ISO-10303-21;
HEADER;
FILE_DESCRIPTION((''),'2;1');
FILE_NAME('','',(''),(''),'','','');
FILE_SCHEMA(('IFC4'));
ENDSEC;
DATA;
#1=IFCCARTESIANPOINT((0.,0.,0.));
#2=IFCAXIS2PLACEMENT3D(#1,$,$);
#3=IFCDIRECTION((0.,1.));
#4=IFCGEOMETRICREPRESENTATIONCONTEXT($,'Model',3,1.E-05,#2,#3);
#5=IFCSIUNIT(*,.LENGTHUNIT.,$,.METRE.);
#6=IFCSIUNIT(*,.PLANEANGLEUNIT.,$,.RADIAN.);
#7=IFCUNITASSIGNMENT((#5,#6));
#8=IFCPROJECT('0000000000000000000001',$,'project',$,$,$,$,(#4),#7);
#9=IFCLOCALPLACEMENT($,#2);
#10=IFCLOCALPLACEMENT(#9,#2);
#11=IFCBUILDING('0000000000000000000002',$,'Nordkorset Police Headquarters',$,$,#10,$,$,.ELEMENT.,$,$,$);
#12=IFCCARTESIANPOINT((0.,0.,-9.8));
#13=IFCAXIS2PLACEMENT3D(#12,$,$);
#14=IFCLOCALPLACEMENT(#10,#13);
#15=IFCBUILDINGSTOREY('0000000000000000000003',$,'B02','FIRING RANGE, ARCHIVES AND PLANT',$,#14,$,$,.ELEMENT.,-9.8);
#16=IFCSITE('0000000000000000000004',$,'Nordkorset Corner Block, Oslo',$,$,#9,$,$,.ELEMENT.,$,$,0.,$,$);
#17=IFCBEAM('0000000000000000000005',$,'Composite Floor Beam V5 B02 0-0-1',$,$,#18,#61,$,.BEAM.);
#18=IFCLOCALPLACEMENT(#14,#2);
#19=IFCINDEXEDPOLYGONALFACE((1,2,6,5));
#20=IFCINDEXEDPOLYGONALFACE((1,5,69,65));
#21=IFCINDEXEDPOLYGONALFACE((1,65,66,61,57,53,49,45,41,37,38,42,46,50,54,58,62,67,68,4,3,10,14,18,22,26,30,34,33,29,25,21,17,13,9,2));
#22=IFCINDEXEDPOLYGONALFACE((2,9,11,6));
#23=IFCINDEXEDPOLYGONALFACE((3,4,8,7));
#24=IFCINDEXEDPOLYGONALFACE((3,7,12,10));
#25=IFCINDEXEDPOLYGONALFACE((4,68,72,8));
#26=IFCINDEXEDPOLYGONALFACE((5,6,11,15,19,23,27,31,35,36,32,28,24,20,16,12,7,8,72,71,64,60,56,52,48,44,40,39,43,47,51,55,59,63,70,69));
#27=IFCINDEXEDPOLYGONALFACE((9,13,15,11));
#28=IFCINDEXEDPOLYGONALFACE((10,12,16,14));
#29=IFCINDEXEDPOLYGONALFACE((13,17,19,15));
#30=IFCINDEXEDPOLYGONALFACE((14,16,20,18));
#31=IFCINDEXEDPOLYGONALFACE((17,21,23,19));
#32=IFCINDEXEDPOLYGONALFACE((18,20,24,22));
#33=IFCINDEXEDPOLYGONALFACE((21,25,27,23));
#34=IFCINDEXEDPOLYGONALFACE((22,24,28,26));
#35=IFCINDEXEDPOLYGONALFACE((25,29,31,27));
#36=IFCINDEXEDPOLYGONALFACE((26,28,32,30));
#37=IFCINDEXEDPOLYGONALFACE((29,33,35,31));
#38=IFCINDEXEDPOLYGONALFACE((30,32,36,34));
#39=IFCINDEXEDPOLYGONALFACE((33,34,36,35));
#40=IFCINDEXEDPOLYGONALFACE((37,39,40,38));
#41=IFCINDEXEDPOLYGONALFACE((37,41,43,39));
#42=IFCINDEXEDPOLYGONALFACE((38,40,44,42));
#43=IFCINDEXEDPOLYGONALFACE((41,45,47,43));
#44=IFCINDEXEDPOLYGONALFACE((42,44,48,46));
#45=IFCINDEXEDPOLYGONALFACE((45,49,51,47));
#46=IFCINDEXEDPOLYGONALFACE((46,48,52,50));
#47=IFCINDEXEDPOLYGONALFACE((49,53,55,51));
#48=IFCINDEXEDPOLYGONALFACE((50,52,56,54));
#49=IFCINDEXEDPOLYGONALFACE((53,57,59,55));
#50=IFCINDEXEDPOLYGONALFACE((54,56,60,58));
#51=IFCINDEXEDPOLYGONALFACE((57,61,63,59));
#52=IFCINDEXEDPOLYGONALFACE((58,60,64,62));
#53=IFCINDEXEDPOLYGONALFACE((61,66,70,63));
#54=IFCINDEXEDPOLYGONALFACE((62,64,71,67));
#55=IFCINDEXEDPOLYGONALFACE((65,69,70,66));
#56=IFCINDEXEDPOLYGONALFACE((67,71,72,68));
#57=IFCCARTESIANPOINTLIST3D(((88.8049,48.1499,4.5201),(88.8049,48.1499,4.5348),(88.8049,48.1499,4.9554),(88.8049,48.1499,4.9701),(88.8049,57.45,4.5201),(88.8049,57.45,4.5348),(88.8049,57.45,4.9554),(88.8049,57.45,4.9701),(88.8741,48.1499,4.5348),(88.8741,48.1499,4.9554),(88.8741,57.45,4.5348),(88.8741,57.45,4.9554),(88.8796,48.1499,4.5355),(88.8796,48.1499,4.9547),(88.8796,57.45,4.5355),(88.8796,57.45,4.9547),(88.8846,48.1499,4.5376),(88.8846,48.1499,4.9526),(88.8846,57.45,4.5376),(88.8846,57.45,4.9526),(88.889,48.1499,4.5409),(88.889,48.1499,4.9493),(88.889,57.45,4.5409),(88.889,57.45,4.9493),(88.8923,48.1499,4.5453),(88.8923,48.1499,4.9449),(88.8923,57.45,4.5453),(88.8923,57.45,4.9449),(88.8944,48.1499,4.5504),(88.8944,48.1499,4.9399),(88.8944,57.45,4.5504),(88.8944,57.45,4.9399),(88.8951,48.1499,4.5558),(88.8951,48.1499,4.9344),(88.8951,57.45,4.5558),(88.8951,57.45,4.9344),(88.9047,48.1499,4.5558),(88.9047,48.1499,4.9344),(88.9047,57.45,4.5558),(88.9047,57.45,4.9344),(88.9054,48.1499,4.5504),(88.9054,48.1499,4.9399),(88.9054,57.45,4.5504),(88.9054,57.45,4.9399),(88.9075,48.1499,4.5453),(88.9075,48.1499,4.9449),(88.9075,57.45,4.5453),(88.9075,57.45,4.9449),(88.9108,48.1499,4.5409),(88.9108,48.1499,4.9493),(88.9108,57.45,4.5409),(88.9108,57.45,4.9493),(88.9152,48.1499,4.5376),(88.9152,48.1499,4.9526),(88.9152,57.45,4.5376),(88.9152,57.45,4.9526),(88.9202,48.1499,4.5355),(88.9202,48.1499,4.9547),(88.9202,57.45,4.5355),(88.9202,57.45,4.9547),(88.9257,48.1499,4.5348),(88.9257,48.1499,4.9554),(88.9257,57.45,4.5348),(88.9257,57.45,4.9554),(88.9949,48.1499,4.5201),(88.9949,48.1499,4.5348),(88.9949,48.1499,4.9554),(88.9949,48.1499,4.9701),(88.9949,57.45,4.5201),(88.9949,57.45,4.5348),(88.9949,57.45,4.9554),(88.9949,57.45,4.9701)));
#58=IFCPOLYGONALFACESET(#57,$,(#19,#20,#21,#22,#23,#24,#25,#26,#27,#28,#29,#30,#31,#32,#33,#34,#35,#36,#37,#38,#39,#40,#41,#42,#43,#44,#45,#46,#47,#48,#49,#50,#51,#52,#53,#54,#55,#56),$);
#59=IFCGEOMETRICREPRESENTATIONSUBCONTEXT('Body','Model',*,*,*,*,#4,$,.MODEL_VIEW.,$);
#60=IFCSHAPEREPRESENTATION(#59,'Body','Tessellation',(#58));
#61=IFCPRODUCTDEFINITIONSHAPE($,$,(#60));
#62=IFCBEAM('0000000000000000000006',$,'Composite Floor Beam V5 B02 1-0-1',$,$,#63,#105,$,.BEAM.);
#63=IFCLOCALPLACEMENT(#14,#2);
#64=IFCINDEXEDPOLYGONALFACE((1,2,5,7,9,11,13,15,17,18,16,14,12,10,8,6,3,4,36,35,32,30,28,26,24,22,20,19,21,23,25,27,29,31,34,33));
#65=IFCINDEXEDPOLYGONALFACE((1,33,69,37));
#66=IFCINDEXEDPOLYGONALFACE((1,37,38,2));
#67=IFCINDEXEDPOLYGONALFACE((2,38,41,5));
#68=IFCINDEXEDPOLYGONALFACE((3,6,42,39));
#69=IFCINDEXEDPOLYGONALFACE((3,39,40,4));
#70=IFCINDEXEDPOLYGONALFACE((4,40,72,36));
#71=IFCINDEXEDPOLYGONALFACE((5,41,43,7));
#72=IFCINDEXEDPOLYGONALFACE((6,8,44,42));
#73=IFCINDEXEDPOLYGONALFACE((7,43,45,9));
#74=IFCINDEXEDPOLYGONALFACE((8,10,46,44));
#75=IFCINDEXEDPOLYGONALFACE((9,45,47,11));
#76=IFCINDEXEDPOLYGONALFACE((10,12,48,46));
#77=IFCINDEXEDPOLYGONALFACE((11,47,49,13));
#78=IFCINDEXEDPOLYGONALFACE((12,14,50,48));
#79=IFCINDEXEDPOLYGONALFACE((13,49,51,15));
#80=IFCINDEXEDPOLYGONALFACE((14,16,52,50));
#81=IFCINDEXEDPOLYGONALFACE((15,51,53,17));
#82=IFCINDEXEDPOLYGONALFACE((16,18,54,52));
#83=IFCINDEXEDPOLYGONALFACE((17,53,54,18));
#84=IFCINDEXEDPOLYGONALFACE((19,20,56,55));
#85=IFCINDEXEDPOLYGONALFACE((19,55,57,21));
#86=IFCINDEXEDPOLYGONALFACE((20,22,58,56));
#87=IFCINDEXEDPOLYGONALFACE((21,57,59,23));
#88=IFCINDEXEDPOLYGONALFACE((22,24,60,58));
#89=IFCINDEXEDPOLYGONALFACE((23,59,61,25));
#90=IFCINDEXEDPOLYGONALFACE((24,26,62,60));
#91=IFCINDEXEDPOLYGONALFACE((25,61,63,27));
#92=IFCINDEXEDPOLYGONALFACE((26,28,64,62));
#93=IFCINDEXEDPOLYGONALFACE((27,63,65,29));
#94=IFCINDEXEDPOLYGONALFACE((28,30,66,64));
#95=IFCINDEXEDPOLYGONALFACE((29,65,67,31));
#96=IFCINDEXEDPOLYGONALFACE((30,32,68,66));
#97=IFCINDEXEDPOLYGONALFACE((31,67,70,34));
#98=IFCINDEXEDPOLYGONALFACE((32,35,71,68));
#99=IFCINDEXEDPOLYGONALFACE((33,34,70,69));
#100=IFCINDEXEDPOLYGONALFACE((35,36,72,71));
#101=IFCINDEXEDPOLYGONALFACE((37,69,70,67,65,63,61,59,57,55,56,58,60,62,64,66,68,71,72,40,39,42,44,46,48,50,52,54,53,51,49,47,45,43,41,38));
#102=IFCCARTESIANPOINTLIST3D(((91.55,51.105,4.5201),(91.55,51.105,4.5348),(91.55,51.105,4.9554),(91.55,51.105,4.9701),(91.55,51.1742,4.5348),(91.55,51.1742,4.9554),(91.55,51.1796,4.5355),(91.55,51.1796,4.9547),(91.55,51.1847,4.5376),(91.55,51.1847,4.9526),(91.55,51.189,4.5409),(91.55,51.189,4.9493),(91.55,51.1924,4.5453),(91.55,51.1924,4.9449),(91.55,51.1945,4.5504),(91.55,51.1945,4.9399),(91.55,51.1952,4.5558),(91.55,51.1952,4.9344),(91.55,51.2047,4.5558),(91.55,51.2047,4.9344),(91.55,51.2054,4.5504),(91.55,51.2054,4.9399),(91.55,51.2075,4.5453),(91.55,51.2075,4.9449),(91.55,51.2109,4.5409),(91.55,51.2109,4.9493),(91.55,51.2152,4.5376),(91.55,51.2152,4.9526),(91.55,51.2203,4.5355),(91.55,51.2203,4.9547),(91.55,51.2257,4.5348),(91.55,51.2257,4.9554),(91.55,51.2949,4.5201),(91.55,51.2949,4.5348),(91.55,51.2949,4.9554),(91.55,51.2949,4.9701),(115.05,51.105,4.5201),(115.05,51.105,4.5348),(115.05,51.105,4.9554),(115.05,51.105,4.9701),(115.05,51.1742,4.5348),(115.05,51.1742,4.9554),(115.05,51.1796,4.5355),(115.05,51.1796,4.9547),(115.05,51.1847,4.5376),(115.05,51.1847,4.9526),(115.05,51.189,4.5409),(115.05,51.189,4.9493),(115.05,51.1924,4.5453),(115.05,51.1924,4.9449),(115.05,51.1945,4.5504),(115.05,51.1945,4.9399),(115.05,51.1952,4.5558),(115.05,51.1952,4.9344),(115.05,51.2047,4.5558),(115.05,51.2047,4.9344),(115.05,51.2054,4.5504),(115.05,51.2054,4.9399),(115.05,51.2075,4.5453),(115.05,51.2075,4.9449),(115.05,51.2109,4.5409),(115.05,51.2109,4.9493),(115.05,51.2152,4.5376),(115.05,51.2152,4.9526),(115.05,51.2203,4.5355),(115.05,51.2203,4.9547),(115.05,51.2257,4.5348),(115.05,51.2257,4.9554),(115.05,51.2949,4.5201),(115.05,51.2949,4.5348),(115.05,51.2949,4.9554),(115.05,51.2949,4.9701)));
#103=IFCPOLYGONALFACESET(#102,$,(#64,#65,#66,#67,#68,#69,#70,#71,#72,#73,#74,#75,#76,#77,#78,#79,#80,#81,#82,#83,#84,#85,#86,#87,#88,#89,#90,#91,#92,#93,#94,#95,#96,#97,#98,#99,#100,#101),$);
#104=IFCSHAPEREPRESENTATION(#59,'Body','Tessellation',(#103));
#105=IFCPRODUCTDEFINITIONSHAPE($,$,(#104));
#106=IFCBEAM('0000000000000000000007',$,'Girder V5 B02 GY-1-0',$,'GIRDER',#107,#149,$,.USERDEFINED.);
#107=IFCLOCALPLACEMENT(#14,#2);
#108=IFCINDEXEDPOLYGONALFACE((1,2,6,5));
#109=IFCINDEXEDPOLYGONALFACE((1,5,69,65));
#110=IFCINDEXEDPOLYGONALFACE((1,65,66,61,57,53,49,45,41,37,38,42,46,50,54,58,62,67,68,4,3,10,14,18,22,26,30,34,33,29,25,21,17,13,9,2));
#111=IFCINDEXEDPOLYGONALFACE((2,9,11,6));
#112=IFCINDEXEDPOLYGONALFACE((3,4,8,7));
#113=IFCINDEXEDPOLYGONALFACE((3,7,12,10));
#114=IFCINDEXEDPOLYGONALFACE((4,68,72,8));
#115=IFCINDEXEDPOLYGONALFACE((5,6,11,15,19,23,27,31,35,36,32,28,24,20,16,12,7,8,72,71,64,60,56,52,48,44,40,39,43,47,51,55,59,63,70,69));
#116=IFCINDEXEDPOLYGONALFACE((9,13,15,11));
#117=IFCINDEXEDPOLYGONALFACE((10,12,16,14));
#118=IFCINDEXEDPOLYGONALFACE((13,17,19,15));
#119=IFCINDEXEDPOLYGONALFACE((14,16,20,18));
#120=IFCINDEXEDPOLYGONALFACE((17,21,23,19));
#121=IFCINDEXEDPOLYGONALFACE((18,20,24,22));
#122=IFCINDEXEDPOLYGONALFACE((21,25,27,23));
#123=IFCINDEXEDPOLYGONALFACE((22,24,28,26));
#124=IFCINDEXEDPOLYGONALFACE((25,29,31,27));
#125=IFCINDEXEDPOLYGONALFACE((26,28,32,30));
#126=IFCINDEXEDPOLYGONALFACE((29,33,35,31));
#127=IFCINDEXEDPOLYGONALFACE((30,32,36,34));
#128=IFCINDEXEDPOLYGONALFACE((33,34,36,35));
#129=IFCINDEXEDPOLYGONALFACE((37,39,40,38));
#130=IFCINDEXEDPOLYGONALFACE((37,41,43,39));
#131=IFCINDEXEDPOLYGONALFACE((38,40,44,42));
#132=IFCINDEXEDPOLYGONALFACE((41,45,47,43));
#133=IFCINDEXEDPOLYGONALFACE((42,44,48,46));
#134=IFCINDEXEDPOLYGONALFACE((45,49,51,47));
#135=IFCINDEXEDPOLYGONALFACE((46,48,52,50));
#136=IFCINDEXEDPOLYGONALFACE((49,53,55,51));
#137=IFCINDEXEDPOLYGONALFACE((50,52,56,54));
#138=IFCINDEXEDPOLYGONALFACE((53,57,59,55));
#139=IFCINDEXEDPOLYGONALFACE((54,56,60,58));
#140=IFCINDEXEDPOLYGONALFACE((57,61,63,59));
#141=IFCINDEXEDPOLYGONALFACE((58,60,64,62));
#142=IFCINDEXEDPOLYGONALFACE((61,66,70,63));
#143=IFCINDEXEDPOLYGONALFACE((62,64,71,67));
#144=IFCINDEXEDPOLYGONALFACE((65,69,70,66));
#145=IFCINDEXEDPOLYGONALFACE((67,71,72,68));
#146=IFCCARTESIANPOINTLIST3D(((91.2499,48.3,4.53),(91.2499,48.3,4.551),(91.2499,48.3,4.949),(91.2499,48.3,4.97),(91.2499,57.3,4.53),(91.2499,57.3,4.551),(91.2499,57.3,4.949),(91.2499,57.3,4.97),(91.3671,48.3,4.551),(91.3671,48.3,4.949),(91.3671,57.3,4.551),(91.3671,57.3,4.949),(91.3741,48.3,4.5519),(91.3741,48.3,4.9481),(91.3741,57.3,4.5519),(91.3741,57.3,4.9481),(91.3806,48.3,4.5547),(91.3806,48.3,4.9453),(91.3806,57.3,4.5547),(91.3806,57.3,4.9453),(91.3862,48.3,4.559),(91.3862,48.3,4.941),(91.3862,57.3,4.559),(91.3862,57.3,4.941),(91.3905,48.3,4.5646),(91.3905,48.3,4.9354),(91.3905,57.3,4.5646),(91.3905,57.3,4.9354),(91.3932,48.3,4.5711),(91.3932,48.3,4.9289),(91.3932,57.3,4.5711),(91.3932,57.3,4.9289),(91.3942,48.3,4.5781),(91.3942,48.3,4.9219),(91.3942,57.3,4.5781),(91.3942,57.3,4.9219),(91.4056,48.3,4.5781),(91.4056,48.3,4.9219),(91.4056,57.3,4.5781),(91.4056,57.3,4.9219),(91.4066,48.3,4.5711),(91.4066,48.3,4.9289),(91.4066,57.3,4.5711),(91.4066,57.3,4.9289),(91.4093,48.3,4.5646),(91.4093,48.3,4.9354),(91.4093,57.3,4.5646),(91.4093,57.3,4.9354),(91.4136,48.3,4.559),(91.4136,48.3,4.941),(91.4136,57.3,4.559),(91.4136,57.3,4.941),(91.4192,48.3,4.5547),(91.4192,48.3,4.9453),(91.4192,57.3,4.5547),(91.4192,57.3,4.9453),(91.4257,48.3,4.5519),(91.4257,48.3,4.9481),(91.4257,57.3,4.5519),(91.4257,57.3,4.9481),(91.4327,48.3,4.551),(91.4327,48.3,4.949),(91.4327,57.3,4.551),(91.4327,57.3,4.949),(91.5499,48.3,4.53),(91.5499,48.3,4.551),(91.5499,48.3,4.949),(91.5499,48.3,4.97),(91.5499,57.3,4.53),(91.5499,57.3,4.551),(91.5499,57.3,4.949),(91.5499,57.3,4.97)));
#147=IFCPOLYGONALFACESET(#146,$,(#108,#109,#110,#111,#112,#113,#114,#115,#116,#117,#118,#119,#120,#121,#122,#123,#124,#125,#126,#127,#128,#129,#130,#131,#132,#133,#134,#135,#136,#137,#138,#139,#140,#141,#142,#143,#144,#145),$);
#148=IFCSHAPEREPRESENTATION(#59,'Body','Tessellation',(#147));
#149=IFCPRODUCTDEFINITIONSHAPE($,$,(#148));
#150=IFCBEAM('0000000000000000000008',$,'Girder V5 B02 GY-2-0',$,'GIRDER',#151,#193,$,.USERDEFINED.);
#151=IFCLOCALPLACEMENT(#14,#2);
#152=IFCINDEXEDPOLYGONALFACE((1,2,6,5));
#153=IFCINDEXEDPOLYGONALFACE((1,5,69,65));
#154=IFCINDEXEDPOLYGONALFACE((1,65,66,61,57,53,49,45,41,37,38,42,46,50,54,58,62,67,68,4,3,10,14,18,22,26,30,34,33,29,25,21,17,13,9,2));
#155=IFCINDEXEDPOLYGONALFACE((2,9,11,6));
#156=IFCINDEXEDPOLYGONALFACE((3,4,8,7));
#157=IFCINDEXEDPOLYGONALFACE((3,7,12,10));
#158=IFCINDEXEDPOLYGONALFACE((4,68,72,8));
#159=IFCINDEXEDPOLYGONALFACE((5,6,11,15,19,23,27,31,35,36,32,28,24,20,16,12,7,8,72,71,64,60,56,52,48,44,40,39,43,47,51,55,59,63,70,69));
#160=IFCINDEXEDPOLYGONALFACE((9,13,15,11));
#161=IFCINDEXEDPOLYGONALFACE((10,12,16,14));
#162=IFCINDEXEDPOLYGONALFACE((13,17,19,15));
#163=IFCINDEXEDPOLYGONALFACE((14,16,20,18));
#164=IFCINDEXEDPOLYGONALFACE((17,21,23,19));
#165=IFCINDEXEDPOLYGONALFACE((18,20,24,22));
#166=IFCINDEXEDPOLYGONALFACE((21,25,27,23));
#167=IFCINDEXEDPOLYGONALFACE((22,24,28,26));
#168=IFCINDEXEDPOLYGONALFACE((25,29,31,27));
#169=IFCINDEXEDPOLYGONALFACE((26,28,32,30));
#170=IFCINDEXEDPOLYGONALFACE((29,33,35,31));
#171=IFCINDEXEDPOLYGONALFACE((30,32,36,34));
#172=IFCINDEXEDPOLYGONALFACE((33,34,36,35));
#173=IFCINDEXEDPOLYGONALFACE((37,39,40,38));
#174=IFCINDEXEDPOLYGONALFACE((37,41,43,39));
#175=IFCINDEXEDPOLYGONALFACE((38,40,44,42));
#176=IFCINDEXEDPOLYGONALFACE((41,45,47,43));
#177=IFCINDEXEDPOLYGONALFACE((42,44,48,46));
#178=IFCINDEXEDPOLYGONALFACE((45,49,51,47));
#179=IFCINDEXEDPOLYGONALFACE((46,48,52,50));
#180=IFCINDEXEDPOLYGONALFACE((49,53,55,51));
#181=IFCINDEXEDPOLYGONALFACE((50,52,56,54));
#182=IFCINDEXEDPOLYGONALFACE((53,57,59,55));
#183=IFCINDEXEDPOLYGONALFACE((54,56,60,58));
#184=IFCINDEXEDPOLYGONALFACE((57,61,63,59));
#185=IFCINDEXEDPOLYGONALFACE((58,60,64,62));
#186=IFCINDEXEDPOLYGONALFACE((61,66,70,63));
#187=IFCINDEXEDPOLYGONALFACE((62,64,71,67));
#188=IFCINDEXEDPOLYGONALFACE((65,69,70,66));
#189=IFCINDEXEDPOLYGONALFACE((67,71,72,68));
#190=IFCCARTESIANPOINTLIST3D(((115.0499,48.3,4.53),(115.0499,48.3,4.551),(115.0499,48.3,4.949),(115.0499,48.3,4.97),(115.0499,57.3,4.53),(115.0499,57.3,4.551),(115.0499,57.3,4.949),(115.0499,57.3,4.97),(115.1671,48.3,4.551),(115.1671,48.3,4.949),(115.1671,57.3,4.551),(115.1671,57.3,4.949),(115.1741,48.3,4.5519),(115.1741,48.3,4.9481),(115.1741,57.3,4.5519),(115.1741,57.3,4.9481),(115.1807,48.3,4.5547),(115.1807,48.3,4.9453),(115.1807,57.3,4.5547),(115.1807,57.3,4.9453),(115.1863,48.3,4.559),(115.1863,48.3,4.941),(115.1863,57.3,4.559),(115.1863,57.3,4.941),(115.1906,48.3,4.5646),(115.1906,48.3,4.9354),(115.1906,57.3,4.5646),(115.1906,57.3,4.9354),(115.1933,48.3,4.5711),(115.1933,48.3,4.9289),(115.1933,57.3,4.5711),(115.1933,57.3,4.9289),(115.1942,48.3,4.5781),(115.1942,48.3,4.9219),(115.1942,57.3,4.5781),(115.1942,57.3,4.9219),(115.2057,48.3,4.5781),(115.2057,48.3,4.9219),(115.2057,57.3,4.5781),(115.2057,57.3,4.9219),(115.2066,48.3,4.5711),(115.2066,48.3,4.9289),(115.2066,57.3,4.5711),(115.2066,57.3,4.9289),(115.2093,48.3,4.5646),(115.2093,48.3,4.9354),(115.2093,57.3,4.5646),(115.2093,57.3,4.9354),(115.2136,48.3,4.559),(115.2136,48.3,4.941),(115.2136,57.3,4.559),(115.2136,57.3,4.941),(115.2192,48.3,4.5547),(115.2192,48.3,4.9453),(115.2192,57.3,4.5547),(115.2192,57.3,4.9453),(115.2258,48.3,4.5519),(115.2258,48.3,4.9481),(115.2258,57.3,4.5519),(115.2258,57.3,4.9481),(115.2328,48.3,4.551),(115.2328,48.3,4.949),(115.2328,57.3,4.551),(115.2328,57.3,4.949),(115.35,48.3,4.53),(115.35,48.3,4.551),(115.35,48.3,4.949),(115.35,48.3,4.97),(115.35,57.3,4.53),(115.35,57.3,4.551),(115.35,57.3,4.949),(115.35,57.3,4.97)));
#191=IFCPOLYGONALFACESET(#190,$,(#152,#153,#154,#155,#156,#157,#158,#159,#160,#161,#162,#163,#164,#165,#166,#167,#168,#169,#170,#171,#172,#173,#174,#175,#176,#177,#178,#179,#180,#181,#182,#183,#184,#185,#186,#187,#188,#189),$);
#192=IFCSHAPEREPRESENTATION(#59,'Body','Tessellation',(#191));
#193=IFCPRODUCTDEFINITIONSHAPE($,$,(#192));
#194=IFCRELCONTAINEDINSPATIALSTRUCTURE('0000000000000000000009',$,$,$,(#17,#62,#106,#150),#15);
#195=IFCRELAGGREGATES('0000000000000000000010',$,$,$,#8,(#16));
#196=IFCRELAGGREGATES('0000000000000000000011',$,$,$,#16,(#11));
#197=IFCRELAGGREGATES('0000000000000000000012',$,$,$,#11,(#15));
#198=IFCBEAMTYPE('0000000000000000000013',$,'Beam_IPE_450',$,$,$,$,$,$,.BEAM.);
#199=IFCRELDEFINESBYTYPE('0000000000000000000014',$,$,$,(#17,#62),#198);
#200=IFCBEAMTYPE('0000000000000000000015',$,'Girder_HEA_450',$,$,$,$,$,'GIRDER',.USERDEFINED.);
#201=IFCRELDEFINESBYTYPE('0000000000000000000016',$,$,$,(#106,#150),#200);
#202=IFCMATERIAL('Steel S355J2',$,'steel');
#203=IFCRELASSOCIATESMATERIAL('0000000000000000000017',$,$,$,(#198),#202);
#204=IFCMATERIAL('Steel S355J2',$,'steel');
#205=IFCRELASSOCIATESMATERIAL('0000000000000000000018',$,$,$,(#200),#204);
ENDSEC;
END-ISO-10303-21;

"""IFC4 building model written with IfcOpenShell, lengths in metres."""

from ifc_helpers import new_model, si_unit, direction, frame, origin, origin_2d, place, context, subcontext, project, spatial, i_section, extrude, material, material_profile, profile_set, type_object, element, save


model = new_model("IFC4")

# Units and contexts
model_context = context("Model", 3, precision=1e-05, world=origin(), true_north=direction((0.0, 1.0)))
body_context = subcontext(model_context, "Body", "Model", "MODEL_VIEW")
ifc_project = project(units=[si_unit("LENGTHUNIT", "METRE"), si_unit("PLANEANGLEUNIT", "RADIAN")], contexts=[model_context])

# Site, building, storey
site_placement = place(None, origin())
site = spatial("IfcSite", under=ifc_project, at=site_placement, Name="Nordkorset Corner Block, Oslo", CompositionType="ELEMENT", RefElevation=0.0)
building_placement = place(site_placement, origin())
building = spatial("IfcBuilding", under=site, at=building_placement, Name="Nordkorset Police Headquarters", CompositionType="ELEMENT")
storey_placement = place(building_placement, frame((0.0, 0.0, -9.8)))
storey = spatial("IfcBuildingStorey", under=building, at=storey_placement, Name="B02", Description="FIRING RANGE, ARCHIVES AND PLANT", CompositionType="ELEMENT", Elevation=-9.8)

# Beams
ifc_material_1 = material(Name="Steel S355J2", Category="steel")
ifc_material_profile_1 = material_profile(ifc_material_1, i_section(OverallWidth=0.1899, OverallDepth=0.45, WebThickness=0.0095, FlangeThickness=0.0146, FilletRadius=0.021, at=origin_2d()), Name="IPE 450")
ifc_profile_set_1 = profile_set([ifc_material_profile_1], Name="Steel S355J2")
beam_type_1 = type_object("IfcBeamType", Name="Beam_IPE_450", PredefinedType="BEAM", material=ifc_profile_set_1)
beam_1_placement = place(storey_placement, frame((88.8999, 48.1499, 4.7451), z_axis=(0.0, 1.0, 0.0), x_axis=(-1.0, 0.0, 0.0)))
element("IfcBeam", 1, at=beam_1_placement, inside=storey, type_object=beam_type_1, Name="Composite Floor Beam V5 B02 0-0-1", PredefinedType="BEAM", context=body_context, shape_type="SweptSolid", body=[
    extrude(i_section(OverallWidth=0.1899, OverallDepth=0.45, WebThickness=0.0095, FlangeThickness=0.0146, FilletRadius=0.021, at=origin_2d()), origin(), (0.0, 0.0, 1.0), 9.3),
])
beam_2_placement = place(storey_placement, frame((91.55, 51.2, 4.7451), z_axis=(1.0, 0.0, 0.0), x_axis=(0.0, 1.0, 0.0)))
element("IfcBeam", 2, at=beam_2_placement, inside=storey, type_object=beam_type_1, Name="Composite Floor Beam V5 B02 1-0-1", PredefinedType="BEAM", context=body_context, shape_type="SweptSolid", body=[
    extrude(i_section(OverallWidth=0.1899, OverallDepth=0.45, WebThickness=0.0095, FlangeThickness=0.0146, FilletRadius=0.021, at=origin_2d()), origin(), (0.0, 0.0, 1.0), 23.5),
])
ifc_material_2 = material(Name="Steel S355J2", Category="steel")
ifc_material_profile_2 = material_profile(ifc_material_2, i_section(OverallWidth=0.3, OverallDepth=0.4399, WebThickness=0.0115, FlangeThickness=0.021, FilletRadius=0.0271, at=origin_2d()), Name="HEA 450")
ifc_profile_set_2 = profile_set([ifc_material_profile_2], Name="Steel S355J2")
beam_type_2 = type_object("IfcBeamType", Name="Girder_HEA_450", ElementType="GIRDER", PredefinedType="USERDEFINED", material=ifc_profile_set_2)
for number, where, z_axis, x_axis, name in (
    (3, (91.3999, 48.3, 4.75), (0.0, 1.0, 0.0), (-1.0, 0.0, 0.0), "Girder V5 B02 GY-1-0"),
    (4, (115.2, 48.3, 4.75), (0.0, 1.0, 0.0), (-1.0, 0.0, 0.0), "Girder V5 B02 GY-2-0"),
):
    element("IfcBeam", number, at=place(storey_placement, frame(where, z_axis=z_axis, x_axis=x_axis)), inside=storey, type_object=beam_type_2, Name=name, ObjectType="GIRDER", PredefinedType="USERDEFINED", context=body_context, shape_type="SweptSolid", body=[
        extrude(i_section(OverallWidth=0.3, OverallDepth=0.4399, WebThickness=0.0115, FlangeThickness=0.021, FilletRadius=0.0271, at=origin_2d()), origin(), (0.0, 0.0, 1.0), 9.0),
    ])

save(model, "model.ifc")
